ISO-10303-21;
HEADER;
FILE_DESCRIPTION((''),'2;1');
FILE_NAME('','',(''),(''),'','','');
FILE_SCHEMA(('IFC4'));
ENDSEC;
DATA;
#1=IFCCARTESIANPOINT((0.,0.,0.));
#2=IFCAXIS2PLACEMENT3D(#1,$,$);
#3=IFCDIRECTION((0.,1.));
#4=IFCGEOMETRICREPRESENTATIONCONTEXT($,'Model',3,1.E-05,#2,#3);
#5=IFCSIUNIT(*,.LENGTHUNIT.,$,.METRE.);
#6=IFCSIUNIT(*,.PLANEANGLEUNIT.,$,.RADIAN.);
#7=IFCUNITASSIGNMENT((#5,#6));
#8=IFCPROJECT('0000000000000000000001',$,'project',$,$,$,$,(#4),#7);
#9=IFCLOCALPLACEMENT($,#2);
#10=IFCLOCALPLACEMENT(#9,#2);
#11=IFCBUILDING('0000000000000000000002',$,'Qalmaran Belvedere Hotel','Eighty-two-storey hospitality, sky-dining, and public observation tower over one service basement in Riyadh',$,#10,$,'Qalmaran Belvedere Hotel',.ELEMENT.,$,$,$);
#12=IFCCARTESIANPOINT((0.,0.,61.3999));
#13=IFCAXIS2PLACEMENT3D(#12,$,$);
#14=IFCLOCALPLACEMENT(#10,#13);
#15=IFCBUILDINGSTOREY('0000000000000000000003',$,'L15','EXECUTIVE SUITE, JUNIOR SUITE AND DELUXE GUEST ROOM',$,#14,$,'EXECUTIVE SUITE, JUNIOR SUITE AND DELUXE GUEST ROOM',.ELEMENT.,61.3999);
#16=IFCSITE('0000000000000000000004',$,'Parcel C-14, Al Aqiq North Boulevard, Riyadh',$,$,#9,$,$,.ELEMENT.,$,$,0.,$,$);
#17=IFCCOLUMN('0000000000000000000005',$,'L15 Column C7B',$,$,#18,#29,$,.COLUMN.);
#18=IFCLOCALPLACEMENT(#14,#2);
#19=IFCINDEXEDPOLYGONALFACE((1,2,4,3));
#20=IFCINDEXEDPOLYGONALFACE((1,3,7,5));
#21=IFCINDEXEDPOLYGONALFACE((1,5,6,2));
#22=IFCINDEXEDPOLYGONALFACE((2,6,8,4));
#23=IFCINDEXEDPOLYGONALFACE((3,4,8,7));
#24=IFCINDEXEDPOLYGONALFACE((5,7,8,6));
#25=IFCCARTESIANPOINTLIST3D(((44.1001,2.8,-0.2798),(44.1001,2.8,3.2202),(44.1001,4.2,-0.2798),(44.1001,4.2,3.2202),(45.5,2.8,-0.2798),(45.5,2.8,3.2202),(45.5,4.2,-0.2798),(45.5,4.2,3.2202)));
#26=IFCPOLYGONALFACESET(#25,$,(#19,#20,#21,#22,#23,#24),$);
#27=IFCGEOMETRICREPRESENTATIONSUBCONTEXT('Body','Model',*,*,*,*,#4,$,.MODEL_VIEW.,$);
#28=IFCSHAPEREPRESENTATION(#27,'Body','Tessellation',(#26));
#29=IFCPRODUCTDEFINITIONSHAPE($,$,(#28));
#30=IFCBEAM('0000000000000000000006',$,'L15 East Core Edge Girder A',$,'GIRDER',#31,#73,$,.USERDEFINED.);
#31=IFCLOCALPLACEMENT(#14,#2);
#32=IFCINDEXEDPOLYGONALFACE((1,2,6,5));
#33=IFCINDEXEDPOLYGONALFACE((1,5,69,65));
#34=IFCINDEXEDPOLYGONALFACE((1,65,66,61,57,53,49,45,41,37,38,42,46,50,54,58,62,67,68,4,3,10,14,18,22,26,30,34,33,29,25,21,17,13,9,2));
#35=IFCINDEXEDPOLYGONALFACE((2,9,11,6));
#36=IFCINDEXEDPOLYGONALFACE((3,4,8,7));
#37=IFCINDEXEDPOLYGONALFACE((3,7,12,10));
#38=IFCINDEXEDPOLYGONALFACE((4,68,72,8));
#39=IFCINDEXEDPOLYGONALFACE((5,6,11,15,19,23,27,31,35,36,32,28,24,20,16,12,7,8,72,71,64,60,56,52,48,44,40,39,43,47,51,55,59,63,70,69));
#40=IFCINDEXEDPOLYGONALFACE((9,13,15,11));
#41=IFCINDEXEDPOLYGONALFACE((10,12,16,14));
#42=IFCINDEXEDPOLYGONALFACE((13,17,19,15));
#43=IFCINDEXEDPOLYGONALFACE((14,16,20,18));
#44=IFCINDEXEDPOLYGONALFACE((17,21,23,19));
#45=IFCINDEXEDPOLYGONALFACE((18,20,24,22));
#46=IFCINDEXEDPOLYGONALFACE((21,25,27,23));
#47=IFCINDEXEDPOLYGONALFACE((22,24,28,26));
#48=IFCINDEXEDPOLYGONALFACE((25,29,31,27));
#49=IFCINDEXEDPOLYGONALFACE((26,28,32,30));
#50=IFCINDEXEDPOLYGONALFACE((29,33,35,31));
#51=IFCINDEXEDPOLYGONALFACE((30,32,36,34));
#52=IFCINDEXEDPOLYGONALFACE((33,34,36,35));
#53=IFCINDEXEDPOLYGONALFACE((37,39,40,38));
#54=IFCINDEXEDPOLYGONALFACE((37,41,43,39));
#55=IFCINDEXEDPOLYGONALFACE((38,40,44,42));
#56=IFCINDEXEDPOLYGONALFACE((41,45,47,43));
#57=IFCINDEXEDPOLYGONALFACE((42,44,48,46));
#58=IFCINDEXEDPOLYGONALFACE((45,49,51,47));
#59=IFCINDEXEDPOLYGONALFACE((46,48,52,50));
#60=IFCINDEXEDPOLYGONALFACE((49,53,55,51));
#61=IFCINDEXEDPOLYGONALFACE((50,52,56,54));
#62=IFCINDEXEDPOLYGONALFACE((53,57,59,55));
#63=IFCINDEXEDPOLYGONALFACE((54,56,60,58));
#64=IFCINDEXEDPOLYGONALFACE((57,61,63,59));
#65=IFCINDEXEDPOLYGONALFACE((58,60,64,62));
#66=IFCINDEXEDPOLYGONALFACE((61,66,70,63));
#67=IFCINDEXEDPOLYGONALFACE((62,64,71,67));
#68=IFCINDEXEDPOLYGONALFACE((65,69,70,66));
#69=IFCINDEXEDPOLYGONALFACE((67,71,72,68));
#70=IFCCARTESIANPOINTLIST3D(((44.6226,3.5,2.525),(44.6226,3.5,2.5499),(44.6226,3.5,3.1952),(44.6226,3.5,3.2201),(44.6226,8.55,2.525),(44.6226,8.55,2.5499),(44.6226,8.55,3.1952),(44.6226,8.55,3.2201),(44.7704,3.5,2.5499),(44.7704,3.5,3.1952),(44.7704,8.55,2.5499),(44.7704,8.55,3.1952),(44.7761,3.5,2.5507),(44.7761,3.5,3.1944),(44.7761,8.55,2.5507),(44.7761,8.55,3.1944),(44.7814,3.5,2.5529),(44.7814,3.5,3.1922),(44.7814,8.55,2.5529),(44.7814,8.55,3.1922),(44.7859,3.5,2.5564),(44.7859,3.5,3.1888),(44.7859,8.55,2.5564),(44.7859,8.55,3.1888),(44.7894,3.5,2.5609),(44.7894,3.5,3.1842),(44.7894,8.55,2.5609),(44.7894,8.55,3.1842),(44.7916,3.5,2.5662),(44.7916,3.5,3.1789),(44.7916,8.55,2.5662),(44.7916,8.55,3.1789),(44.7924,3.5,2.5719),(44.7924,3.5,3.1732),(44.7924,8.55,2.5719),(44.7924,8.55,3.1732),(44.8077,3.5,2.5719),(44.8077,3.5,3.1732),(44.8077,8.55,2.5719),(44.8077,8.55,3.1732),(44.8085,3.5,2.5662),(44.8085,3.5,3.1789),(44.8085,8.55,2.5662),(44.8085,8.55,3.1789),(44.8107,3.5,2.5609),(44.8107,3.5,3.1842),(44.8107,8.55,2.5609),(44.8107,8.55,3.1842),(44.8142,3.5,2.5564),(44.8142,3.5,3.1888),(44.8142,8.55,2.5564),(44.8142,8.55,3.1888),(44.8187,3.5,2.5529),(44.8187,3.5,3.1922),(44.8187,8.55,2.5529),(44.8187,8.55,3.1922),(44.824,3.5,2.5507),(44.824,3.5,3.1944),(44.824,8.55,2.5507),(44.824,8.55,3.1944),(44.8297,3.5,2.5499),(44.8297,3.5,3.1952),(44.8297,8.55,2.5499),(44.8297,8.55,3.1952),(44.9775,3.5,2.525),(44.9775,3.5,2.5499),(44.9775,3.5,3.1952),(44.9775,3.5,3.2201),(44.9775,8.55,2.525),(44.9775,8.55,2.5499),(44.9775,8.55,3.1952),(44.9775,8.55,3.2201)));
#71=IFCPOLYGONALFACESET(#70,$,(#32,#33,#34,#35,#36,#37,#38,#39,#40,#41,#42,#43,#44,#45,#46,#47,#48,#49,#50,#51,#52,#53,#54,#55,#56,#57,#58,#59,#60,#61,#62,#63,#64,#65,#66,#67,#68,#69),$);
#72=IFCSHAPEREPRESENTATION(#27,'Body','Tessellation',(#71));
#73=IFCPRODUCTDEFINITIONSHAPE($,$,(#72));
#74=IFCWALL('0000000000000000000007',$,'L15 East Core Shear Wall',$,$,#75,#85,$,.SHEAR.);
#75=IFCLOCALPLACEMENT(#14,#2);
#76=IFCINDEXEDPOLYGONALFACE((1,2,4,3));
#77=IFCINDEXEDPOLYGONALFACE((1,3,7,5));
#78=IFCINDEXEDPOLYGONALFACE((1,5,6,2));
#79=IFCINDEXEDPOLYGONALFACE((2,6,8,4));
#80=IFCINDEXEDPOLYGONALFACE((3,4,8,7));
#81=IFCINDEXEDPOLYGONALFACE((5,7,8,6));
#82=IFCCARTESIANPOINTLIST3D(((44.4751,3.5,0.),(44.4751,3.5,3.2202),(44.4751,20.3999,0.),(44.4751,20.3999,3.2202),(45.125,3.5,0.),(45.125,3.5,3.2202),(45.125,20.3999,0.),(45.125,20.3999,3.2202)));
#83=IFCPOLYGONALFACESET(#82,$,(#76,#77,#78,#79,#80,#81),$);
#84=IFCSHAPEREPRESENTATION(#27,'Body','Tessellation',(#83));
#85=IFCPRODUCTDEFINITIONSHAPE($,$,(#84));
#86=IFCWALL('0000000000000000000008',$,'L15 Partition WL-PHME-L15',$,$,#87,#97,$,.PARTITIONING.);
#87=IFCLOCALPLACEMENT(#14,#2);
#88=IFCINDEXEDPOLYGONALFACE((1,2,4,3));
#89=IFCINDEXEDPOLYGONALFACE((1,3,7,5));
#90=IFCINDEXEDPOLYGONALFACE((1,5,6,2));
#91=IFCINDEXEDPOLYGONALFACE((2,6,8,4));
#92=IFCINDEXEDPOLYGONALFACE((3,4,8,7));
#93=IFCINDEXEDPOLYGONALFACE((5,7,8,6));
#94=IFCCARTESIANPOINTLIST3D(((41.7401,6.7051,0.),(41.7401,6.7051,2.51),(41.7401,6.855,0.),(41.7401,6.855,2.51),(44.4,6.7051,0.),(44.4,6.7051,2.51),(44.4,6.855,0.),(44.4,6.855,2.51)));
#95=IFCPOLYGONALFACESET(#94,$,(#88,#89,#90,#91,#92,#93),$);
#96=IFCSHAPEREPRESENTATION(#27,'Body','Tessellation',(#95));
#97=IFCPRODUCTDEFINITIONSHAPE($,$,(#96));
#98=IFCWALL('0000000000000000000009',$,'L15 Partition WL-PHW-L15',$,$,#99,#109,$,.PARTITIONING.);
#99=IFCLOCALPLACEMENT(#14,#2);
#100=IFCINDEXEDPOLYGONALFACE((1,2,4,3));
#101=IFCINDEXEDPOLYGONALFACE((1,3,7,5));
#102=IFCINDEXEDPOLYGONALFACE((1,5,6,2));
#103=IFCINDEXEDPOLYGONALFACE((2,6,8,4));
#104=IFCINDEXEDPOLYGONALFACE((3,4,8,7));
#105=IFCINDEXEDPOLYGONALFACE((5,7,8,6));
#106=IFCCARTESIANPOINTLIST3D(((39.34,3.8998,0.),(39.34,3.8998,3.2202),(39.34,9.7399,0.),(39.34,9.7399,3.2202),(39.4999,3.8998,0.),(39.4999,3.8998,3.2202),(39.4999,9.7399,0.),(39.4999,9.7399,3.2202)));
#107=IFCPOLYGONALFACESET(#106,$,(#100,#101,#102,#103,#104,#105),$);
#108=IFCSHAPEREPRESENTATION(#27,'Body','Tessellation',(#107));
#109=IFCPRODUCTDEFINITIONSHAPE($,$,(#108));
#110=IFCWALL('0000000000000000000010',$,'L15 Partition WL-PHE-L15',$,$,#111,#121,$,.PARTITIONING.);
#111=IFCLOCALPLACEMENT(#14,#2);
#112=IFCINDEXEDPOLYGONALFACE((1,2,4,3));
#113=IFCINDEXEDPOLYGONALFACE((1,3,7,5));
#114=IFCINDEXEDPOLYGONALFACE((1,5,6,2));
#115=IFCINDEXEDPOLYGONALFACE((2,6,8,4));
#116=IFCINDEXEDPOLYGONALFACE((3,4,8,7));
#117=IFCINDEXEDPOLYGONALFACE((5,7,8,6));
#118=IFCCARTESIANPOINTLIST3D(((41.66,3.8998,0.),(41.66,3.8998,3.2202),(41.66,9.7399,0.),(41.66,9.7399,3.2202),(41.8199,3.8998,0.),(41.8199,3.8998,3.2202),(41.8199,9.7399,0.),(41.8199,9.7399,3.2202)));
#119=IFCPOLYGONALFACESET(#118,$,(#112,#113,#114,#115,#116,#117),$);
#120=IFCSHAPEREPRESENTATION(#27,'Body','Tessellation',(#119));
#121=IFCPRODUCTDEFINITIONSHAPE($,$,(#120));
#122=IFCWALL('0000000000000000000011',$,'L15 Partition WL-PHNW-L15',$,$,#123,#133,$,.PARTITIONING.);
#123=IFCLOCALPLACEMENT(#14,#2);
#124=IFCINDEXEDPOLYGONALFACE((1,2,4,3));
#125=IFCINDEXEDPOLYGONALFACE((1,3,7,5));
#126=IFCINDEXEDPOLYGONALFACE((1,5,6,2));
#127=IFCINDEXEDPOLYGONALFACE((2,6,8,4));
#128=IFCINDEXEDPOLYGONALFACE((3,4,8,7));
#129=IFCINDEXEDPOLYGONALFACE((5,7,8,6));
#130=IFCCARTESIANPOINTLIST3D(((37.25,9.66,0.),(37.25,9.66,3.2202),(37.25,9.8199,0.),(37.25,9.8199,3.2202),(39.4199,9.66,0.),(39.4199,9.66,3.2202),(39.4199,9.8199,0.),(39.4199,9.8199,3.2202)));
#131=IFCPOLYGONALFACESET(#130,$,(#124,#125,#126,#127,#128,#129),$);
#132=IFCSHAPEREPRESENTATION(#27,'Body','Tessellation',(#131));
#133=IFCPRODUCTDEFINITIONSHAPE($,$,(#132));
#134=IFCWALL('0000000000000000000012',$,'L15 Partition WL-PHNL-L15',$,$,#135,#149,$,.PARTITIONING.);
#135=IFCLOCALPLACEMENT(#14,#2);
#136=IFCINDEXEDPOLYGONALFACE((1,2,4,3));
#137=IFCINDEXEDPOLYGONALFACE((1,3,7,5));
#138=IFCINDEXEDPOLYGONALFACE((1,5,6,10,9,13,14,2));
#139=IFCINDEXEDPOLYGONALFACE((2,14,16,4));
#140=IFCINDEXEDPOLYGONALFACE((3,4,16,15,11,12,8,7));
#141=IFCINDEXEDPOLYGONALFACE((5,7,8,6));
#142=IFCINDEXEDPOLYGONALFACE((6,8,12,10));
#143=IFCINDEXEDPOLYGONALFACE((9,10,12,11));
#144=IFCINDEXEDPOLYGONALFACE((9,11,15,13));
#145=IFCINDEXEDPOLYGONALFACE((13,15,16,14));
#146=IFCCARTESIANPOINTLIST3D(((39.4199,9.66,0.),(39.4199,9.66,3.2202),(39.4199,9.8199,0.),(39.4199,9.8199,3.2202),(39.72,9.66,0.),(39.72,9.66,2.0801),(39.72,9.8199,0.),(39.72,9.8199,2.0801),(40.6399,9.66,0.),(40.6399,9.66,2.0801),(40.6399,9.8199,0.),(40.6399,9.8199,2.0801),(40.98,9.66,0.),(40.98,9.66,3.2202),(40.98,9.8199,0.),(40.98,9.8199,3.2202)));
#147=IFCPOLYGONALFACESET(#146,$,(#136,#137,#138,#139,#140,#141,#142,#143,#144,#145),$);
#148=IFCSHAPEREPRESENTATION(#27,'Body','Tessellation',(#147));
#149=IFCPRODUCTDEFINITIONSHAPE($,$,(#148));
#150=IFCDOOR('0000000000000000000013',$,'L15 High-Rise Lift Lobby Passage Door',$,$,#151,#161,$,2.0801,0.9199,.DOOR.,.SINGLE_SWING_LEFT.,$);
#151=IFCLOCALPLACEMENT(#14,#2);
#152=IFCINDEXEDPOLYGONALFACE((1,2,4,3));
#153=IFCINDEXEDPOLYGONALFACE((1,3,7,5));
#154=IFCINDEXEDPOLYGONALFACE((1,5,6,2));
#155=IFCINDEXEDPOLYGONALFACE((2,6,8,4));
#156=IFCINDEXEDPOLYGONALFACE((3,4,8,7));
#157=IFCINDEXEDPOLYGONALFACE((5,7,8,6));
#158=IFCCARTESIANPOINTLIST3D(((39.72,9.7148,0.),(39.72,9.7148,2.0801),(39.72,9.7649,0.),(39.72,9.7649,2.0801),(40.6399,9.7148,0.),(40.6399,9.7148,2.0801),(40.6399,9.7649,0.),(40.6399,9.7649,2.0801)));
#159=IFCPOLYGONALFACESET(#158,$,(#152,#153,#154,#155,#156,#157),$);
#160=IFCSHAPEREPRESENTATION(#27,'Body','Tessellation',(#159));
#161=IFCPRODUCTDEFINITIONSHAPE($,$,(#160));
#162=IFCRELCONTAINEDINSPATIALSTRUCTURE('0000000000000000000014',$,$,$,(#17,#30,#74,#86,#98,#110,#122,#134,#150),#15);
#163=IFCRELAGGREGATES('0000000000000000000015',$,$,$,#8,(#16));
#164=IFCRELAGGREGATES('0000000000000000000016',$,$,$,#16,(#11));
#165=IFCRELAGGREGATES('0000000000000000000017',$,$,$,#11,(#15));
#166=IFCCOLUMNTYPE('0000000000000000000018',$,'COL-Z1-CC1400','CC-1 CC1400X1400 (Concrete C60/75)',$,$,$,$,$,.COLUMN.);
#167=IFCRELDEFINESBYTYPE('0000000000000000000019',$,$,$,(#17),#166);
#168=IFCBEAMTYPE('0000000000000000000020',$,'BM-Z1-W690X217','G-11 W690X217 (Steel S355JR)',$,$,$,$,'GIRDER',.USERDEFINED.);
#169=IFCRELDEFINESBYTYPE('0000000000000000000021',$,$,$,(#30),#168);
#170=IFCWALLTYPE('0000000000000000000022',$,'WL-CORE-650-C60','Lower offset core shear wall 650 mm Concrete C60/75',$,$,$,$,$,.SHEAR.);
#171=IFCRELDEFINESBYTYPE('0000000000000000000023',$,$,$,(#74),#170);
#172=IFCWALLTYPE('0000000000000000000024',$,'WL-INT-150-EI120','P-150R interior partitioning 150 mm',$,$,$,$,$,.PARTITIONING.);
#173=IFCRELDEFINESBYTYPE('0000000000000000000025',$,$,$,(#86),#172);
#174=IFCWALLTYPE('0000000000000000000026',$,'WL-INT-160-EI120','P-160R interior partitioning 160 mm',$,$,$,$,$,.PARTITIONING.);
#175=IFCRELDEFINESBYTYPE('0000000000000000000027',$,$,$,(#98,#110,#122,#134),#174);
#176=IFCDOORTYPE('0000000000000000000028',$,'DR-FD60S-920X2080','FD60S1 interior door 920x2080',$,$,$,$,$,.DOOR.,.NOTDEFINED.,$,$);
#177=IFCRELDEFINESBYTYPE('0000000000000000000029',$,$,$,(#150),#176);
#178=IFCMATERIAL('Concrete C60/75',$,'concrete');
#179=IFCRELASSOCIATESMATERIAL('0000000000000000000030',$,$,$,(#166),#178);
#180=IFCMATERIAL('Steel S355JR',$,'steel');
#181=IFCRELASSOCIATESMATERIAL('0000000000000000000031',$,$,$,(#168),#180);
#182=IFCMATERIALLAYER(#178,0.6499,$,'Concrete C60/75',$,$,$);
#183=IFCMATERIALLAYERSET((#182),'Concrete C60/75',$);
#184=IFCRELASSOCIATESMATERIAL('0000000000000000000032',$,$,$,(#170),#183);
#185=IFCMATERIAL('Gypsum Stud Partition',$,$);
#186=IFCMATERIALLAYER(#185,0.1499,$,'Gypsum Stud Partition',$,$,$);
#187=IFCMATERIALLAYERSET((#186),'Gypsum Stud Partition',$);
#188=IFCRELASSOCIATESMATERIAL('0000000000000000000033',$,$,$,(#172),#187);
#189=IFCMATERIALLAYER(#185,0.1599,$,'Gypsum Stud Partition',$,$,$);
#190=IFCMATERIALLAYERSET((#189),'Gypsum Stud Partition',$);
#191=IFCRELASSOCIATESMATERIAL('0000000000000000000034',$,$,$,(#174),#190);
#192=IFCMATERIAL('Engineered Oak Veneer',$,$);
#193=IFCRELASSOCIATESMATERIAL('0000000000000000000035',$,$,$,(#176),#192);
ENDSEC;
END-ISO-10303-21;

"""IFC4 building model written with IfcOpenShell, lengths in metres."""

from ifc_helpers import new_model, si_unit, direction, frame, frame_2d, origin, origin_2d, place, context, subcontext, project, spatial, rectangle, i_section, extrude, material, layer, layer_set, material_profile, profile_set, type_object, element, fill, save


model = new_model("IFC4")

# Units and contexts
model_context = context("Model", 3, precision=1e-05, world=origin(), true_north=direction((0.0, 1.0)))
body_context = subcontext(model_context, "Body", "Model", "MODEL_VIEW")
ifc_project = project(units=[si_unit("LENGTHUNIT", "METRE"), si_unit("PLANEANGLEUNIT", "RADIAN")], contexts=[model_context])

# Site, building, storey
site_placement = place(None, origin())
site = spatial("IfcSite", under=ifc_project, at=site_placement, Name="Parcel C-14, Al Aqiq North Boulevard, Riyadh", CompositionType="ELEMENT", RefElevation=0.0)
building_placement = place(site_placement, origin())
building = spatial("IfcBuilding", under=site, at=building_placement, Name="Qalmaran Belvedere Hotel", Description="Eighty-two-storey hospitality, sky-dining, and public observation tower over one service basement in Riyadh", LongName="Qalmaran Belvedere Hotel", CompositionType="ELEMENT")
storey_placement = place(building_placement, frame((0.0, 0.0, 61.3999)))
storey = spatial("IfcBuildingStorey", under=building, at=storey_placement, Name="L15", Description="EXECUTIVE SUITE, JUNIOR SUITE AND DELUXE GUEST ROOM", LongName="EXECUTIVE SUITE, JUNIOR SUITE AND DELUXE GUEST ROOM", CompositionType="ELEMENT", Elevation=61.3999)

# Column
ifc_material_1 = material(Name="Concrete C60/75", Category="concrete")
ifc_material_profile_1 = material_profile(ifc_material_1, rectangle(XDim=1.3999, YDim=1.3999, at=origin_2d()), Name="CC1400X1400")
ifc_profile_set_1 = profile_set([ifc_material_profile_1], Name="Concrete C60/75")
column_type = type_object("IfcColumnType", Name="COL-Z1-CC1400", Description="CC-1 CC1400X1400 (Concrete C60/75)", PredefinedType="COLUMN", material=ifc_profile_set_1)
column_placement = place(storey_placement, frame((44.8, 3.5, -0.2798), z_axis=(0.0, 0.0, 1.0), x_axis=(1.0, 0.0, 0.0)))
element("IfcColumn", 1, at=column_placement, inside=storey, type_object=column_type, Name="L15 Column C7B", PredefinedType="COLUMN", context=body_context, shape_type="SweptSolid", body=[
    extrude(rectangle(XDim=1.3999, YDim=1.3999, at=origin_2d()), origin(), (0.0, 0.0, 1.0), 3.5),
])

# Beam
ifc_material_2 = material(Name="Steel S355JR", Category="steel")
ifc_material_profile_2 = material_profile(ifc_material_2, i_section(OverallWidth=0.355, OverallDepth=0.6951, WebThickness=0.0154, FlangeThickness=0.0249, FilletRadius=0.022, at=origin_2d()), Name="W690X217")
ifc_profile_set_2 = profile_set([ifc_material_profile_2], Name="Steel S355JR")
beam_type = type_object("IfcBeamType", Name="BM-Z1-W690X217", Description="G-11 W690X217 (Steel S355JR)", ElementType="GIRDER", PredefinedType="USERDEFINED", material=ifc_profile_set_2)
beam_placement = place(storey_placement, frame((44.8, 3.5, 2.8726), z_axis=(0.0, 1.0, 0.0), x_axis=(-1.0, 0.0, 0.0)))
element("IfcBeam", 2, at=beam_placement, inside=storey, type_object=beam_type, Name="L15 East Core Edge Girder A", ObjectType="GIRDER", PredefinedType="USERDEFINED", context=body_context, shape_type="SweptSolid", body=[
    extrude(i_section(OverallWidth=0.355, OverallDepth=0.6951, WebThickness=0.0154, FlangeThickness=0.0249, FilletRadius=0.022, at=origin_2d()), origin(), (0.0, 0.0, 1.0), 5.05),
])

# Walls
ifc_layer_1 = layer(ifc_material_1, 0.6499, Name="Concrete C60/75")
ifc_layer_set_1 = layer_set([ifc_layer_1], Name="Concrete C60/75")
wall_type_1 = type_object("IfcWallType", Name="WL-CORE-650-C60", Description="Lower offset core shear wall 650 mm Concrete C60/75", PredefinedType="SHEAR", material=ifc_layer_set_1)
wall_1_placement = place(storey_placement, frame((44.8, 3.5, 0.0), z_axis=(0.0, 0.0, 1.0), x_axis=(0.0, 1.0, 0.0)))
element("IfcWall", 3, at=wall_1_placement, inside=storey, type_object=wall_type_1, Name="L15 East Core Shear Wall", PredefinedType="SHEAR", context=body_context, shape_type="SweptSolid", body=[
    extrude(rectangle(XDim=16.8999, YDim=0.6499, at=frame_2d((8.45, 0.0))), origin(), (0.0, 0.0, 1.0), 3.2202),
])
ifc_material_3 = material(Name="Gypsum Stud Partition")
ifc_layer_2 = layer(ifc_material_3, 0.1499, Name="Gypsum Stud Partition")
ifc_layer_set_2 = layer_set([ifc_layer_2], Name="Gypsum Stud Partition")
wall_type_2 = type_object("IfcWallType", Name="WL-INT-150-EI120", Description="P-150R interior partitioning 150 mm", PredefinedType="PARTITIONING", material=ifc_layer_set_2)
wall_2_placement = place(storey_placement, frame((41.74, 6.78, 0.0), z_axis=(0.0, 0.0, 1.0), x_axis=(1.0, 0.0, 0.0)))
element("IfcWall", 4, at=wall_2_placement, inside=storey, type_object=wall_type_2, Name="L15 Partition WL-PHME-L15", PredefinedType="PARTITIONING", context=body_context, shape_type="SweptSolid", body=[
    extrude(rectangle(XDim=2.6599, YDim=0.1499, at=frame_2d((1.3301, 0.0))), origin(), (0.0, 0.0, 1.0), 2.51),
])
ifc_layer_3 = layer(ifc_material_3, 0.1599, Name="Gypsum Stud Partition")
ifc_layer_set_3 = layer_set([ifc_layer_3], Name="Gypsum Stud Partition")
wall_type_3 = type_object("IfcWallType", Name="WL-INT-160-EI120", Description="P-160R interior partitioning 160 mm", PredefinedType="PARTITIONING", material=ifc_layer_set_3)
for number, where, z_axis, x_axis, name in (
    (5, (39.4199, 3.8999, 0.0), (0.0, 0.0, 1.0), (0.0, 1.0, 0.0), "L15 Partition WL-PHW-L15"),
    (6, (41.74, 3.8999, 0.0), (0.0, 0.0, 1.0), (0.0, 1.0, 0.0), "L15 Partition WL-PHE-L15"),
):
    element("IfcWall", number, at=place(storey_placement, frame(where, z_axis=z_axis, x_axis=x_axis)), inside=storey, type_object=wall_type_3, Name=name, PredefinedType="PARTITIONING", context=body_context, shape_type="SweptSolid", body=[
        extrude(rectangle(XDim=5.8401, YDim=0.1599, at=frame_2d((2.9199, 0.0))), origin(), (0.0, 0.0, 1.0), 3.2202),
    ])
wall_3_placement = place(storey_placement, frame((37.25, 9.74, 0.0), z_axis=(0.0, 0.0, 1.0), x_axis=(1.0, 0.0, 0.0)))
element("IfcWall", 7, at=wall_3_placement, inside=storey, type_object=wall_type_3, Name="L15 Partition WL-PHNW-L15", PredefinedType="PARTITIONING", context=body_context, shape_type="SweptSolid", body=[
    extrude(rectangle(XDim=2.1699, YDim=0.1599, at=frame_2d((1.085, 0.0))), origin(), (0.0, 0.0, 1.0), 3.2202),
])

# Wall, opening, door
wall_4_placement = place(storey_placement, frame((39.4199, 9.74, 0.0), z_axis=(0.0, 0.0, 1.0), x_axis=(1.0, 0.0, 0.0)))
wall_4 = element("IfcWall", 8, at=wall_4_placement, inside=storey, type_object=wall_type_3, Name="L15 Partition WL-PHNL-L15", PredefinedType="PARTITIONING", context=body_context, shape_type="SweptSolid", body=[
    extrude(rectangle(XDim=1.5601, YDim=0.1599, at=frame_2d((0.78, 0.0))), origin(), (0.0, 0.0, 1.0), 3.2202),
])
opening_1_placement = place(wall_4_placement, frame((0.3, 0.0, 0.0)))
opening_1 = element("IfcOpeningElement", 9, at=opening_1_placement, cuts=wall_4, PredefinedType="OPENING", context=body_context, shape_type="SweptSolid", body=[
    extrude(rectangle(XDim=0.9199, YDim=2.0801, at=frame_2d((0.46, 1.04))), frame((0.0, 0.0898, 0.0), z_axis=(0.0, -1.0, 0.0), x_axis=(1.0, 0.0, 0.0)), (0.0, 0.0, 1.0), 0.1799),
])
ifc_material_4 = material(Name="Engineered Oak Veneer")
door_type = type_object("IfcDoorType", Name="DR-FD60S-920X2080", Description="FD60S1 interior door 920x2080", OperationType="NOTDEFINED", PredefinedType="DOOR", material=ifc_material_4)
door_1_placement = place(opening_1_placement, origin())
door_1 = element("IfcDoor", 10, at=door_1_placement, inside=storey, type_object=door_type, Name="L15 High-Rise Lift Lobby Passage Door", OperationType="SINGLE_SWING_LEFT", OverallHeight=2.0801, OverallWidth=0.9199, PredefinedType="DOOR", context=body_context, shape_type="SweptSolid", body=[
    extrude(rectangle(XDim=0.9199, YDim=2.0801, at=frame_2d((0.46, 1.04))), frame((0.0, 0.0249, 0.0), z_axis=(0.0, -1.0, 0.0), x_axis=(1.0, 0.0, 0.0)), (0.0, 0.0, 1.0), 0.05),
])
fill(opening_1, door_1)

save(model, "model.ifc")
